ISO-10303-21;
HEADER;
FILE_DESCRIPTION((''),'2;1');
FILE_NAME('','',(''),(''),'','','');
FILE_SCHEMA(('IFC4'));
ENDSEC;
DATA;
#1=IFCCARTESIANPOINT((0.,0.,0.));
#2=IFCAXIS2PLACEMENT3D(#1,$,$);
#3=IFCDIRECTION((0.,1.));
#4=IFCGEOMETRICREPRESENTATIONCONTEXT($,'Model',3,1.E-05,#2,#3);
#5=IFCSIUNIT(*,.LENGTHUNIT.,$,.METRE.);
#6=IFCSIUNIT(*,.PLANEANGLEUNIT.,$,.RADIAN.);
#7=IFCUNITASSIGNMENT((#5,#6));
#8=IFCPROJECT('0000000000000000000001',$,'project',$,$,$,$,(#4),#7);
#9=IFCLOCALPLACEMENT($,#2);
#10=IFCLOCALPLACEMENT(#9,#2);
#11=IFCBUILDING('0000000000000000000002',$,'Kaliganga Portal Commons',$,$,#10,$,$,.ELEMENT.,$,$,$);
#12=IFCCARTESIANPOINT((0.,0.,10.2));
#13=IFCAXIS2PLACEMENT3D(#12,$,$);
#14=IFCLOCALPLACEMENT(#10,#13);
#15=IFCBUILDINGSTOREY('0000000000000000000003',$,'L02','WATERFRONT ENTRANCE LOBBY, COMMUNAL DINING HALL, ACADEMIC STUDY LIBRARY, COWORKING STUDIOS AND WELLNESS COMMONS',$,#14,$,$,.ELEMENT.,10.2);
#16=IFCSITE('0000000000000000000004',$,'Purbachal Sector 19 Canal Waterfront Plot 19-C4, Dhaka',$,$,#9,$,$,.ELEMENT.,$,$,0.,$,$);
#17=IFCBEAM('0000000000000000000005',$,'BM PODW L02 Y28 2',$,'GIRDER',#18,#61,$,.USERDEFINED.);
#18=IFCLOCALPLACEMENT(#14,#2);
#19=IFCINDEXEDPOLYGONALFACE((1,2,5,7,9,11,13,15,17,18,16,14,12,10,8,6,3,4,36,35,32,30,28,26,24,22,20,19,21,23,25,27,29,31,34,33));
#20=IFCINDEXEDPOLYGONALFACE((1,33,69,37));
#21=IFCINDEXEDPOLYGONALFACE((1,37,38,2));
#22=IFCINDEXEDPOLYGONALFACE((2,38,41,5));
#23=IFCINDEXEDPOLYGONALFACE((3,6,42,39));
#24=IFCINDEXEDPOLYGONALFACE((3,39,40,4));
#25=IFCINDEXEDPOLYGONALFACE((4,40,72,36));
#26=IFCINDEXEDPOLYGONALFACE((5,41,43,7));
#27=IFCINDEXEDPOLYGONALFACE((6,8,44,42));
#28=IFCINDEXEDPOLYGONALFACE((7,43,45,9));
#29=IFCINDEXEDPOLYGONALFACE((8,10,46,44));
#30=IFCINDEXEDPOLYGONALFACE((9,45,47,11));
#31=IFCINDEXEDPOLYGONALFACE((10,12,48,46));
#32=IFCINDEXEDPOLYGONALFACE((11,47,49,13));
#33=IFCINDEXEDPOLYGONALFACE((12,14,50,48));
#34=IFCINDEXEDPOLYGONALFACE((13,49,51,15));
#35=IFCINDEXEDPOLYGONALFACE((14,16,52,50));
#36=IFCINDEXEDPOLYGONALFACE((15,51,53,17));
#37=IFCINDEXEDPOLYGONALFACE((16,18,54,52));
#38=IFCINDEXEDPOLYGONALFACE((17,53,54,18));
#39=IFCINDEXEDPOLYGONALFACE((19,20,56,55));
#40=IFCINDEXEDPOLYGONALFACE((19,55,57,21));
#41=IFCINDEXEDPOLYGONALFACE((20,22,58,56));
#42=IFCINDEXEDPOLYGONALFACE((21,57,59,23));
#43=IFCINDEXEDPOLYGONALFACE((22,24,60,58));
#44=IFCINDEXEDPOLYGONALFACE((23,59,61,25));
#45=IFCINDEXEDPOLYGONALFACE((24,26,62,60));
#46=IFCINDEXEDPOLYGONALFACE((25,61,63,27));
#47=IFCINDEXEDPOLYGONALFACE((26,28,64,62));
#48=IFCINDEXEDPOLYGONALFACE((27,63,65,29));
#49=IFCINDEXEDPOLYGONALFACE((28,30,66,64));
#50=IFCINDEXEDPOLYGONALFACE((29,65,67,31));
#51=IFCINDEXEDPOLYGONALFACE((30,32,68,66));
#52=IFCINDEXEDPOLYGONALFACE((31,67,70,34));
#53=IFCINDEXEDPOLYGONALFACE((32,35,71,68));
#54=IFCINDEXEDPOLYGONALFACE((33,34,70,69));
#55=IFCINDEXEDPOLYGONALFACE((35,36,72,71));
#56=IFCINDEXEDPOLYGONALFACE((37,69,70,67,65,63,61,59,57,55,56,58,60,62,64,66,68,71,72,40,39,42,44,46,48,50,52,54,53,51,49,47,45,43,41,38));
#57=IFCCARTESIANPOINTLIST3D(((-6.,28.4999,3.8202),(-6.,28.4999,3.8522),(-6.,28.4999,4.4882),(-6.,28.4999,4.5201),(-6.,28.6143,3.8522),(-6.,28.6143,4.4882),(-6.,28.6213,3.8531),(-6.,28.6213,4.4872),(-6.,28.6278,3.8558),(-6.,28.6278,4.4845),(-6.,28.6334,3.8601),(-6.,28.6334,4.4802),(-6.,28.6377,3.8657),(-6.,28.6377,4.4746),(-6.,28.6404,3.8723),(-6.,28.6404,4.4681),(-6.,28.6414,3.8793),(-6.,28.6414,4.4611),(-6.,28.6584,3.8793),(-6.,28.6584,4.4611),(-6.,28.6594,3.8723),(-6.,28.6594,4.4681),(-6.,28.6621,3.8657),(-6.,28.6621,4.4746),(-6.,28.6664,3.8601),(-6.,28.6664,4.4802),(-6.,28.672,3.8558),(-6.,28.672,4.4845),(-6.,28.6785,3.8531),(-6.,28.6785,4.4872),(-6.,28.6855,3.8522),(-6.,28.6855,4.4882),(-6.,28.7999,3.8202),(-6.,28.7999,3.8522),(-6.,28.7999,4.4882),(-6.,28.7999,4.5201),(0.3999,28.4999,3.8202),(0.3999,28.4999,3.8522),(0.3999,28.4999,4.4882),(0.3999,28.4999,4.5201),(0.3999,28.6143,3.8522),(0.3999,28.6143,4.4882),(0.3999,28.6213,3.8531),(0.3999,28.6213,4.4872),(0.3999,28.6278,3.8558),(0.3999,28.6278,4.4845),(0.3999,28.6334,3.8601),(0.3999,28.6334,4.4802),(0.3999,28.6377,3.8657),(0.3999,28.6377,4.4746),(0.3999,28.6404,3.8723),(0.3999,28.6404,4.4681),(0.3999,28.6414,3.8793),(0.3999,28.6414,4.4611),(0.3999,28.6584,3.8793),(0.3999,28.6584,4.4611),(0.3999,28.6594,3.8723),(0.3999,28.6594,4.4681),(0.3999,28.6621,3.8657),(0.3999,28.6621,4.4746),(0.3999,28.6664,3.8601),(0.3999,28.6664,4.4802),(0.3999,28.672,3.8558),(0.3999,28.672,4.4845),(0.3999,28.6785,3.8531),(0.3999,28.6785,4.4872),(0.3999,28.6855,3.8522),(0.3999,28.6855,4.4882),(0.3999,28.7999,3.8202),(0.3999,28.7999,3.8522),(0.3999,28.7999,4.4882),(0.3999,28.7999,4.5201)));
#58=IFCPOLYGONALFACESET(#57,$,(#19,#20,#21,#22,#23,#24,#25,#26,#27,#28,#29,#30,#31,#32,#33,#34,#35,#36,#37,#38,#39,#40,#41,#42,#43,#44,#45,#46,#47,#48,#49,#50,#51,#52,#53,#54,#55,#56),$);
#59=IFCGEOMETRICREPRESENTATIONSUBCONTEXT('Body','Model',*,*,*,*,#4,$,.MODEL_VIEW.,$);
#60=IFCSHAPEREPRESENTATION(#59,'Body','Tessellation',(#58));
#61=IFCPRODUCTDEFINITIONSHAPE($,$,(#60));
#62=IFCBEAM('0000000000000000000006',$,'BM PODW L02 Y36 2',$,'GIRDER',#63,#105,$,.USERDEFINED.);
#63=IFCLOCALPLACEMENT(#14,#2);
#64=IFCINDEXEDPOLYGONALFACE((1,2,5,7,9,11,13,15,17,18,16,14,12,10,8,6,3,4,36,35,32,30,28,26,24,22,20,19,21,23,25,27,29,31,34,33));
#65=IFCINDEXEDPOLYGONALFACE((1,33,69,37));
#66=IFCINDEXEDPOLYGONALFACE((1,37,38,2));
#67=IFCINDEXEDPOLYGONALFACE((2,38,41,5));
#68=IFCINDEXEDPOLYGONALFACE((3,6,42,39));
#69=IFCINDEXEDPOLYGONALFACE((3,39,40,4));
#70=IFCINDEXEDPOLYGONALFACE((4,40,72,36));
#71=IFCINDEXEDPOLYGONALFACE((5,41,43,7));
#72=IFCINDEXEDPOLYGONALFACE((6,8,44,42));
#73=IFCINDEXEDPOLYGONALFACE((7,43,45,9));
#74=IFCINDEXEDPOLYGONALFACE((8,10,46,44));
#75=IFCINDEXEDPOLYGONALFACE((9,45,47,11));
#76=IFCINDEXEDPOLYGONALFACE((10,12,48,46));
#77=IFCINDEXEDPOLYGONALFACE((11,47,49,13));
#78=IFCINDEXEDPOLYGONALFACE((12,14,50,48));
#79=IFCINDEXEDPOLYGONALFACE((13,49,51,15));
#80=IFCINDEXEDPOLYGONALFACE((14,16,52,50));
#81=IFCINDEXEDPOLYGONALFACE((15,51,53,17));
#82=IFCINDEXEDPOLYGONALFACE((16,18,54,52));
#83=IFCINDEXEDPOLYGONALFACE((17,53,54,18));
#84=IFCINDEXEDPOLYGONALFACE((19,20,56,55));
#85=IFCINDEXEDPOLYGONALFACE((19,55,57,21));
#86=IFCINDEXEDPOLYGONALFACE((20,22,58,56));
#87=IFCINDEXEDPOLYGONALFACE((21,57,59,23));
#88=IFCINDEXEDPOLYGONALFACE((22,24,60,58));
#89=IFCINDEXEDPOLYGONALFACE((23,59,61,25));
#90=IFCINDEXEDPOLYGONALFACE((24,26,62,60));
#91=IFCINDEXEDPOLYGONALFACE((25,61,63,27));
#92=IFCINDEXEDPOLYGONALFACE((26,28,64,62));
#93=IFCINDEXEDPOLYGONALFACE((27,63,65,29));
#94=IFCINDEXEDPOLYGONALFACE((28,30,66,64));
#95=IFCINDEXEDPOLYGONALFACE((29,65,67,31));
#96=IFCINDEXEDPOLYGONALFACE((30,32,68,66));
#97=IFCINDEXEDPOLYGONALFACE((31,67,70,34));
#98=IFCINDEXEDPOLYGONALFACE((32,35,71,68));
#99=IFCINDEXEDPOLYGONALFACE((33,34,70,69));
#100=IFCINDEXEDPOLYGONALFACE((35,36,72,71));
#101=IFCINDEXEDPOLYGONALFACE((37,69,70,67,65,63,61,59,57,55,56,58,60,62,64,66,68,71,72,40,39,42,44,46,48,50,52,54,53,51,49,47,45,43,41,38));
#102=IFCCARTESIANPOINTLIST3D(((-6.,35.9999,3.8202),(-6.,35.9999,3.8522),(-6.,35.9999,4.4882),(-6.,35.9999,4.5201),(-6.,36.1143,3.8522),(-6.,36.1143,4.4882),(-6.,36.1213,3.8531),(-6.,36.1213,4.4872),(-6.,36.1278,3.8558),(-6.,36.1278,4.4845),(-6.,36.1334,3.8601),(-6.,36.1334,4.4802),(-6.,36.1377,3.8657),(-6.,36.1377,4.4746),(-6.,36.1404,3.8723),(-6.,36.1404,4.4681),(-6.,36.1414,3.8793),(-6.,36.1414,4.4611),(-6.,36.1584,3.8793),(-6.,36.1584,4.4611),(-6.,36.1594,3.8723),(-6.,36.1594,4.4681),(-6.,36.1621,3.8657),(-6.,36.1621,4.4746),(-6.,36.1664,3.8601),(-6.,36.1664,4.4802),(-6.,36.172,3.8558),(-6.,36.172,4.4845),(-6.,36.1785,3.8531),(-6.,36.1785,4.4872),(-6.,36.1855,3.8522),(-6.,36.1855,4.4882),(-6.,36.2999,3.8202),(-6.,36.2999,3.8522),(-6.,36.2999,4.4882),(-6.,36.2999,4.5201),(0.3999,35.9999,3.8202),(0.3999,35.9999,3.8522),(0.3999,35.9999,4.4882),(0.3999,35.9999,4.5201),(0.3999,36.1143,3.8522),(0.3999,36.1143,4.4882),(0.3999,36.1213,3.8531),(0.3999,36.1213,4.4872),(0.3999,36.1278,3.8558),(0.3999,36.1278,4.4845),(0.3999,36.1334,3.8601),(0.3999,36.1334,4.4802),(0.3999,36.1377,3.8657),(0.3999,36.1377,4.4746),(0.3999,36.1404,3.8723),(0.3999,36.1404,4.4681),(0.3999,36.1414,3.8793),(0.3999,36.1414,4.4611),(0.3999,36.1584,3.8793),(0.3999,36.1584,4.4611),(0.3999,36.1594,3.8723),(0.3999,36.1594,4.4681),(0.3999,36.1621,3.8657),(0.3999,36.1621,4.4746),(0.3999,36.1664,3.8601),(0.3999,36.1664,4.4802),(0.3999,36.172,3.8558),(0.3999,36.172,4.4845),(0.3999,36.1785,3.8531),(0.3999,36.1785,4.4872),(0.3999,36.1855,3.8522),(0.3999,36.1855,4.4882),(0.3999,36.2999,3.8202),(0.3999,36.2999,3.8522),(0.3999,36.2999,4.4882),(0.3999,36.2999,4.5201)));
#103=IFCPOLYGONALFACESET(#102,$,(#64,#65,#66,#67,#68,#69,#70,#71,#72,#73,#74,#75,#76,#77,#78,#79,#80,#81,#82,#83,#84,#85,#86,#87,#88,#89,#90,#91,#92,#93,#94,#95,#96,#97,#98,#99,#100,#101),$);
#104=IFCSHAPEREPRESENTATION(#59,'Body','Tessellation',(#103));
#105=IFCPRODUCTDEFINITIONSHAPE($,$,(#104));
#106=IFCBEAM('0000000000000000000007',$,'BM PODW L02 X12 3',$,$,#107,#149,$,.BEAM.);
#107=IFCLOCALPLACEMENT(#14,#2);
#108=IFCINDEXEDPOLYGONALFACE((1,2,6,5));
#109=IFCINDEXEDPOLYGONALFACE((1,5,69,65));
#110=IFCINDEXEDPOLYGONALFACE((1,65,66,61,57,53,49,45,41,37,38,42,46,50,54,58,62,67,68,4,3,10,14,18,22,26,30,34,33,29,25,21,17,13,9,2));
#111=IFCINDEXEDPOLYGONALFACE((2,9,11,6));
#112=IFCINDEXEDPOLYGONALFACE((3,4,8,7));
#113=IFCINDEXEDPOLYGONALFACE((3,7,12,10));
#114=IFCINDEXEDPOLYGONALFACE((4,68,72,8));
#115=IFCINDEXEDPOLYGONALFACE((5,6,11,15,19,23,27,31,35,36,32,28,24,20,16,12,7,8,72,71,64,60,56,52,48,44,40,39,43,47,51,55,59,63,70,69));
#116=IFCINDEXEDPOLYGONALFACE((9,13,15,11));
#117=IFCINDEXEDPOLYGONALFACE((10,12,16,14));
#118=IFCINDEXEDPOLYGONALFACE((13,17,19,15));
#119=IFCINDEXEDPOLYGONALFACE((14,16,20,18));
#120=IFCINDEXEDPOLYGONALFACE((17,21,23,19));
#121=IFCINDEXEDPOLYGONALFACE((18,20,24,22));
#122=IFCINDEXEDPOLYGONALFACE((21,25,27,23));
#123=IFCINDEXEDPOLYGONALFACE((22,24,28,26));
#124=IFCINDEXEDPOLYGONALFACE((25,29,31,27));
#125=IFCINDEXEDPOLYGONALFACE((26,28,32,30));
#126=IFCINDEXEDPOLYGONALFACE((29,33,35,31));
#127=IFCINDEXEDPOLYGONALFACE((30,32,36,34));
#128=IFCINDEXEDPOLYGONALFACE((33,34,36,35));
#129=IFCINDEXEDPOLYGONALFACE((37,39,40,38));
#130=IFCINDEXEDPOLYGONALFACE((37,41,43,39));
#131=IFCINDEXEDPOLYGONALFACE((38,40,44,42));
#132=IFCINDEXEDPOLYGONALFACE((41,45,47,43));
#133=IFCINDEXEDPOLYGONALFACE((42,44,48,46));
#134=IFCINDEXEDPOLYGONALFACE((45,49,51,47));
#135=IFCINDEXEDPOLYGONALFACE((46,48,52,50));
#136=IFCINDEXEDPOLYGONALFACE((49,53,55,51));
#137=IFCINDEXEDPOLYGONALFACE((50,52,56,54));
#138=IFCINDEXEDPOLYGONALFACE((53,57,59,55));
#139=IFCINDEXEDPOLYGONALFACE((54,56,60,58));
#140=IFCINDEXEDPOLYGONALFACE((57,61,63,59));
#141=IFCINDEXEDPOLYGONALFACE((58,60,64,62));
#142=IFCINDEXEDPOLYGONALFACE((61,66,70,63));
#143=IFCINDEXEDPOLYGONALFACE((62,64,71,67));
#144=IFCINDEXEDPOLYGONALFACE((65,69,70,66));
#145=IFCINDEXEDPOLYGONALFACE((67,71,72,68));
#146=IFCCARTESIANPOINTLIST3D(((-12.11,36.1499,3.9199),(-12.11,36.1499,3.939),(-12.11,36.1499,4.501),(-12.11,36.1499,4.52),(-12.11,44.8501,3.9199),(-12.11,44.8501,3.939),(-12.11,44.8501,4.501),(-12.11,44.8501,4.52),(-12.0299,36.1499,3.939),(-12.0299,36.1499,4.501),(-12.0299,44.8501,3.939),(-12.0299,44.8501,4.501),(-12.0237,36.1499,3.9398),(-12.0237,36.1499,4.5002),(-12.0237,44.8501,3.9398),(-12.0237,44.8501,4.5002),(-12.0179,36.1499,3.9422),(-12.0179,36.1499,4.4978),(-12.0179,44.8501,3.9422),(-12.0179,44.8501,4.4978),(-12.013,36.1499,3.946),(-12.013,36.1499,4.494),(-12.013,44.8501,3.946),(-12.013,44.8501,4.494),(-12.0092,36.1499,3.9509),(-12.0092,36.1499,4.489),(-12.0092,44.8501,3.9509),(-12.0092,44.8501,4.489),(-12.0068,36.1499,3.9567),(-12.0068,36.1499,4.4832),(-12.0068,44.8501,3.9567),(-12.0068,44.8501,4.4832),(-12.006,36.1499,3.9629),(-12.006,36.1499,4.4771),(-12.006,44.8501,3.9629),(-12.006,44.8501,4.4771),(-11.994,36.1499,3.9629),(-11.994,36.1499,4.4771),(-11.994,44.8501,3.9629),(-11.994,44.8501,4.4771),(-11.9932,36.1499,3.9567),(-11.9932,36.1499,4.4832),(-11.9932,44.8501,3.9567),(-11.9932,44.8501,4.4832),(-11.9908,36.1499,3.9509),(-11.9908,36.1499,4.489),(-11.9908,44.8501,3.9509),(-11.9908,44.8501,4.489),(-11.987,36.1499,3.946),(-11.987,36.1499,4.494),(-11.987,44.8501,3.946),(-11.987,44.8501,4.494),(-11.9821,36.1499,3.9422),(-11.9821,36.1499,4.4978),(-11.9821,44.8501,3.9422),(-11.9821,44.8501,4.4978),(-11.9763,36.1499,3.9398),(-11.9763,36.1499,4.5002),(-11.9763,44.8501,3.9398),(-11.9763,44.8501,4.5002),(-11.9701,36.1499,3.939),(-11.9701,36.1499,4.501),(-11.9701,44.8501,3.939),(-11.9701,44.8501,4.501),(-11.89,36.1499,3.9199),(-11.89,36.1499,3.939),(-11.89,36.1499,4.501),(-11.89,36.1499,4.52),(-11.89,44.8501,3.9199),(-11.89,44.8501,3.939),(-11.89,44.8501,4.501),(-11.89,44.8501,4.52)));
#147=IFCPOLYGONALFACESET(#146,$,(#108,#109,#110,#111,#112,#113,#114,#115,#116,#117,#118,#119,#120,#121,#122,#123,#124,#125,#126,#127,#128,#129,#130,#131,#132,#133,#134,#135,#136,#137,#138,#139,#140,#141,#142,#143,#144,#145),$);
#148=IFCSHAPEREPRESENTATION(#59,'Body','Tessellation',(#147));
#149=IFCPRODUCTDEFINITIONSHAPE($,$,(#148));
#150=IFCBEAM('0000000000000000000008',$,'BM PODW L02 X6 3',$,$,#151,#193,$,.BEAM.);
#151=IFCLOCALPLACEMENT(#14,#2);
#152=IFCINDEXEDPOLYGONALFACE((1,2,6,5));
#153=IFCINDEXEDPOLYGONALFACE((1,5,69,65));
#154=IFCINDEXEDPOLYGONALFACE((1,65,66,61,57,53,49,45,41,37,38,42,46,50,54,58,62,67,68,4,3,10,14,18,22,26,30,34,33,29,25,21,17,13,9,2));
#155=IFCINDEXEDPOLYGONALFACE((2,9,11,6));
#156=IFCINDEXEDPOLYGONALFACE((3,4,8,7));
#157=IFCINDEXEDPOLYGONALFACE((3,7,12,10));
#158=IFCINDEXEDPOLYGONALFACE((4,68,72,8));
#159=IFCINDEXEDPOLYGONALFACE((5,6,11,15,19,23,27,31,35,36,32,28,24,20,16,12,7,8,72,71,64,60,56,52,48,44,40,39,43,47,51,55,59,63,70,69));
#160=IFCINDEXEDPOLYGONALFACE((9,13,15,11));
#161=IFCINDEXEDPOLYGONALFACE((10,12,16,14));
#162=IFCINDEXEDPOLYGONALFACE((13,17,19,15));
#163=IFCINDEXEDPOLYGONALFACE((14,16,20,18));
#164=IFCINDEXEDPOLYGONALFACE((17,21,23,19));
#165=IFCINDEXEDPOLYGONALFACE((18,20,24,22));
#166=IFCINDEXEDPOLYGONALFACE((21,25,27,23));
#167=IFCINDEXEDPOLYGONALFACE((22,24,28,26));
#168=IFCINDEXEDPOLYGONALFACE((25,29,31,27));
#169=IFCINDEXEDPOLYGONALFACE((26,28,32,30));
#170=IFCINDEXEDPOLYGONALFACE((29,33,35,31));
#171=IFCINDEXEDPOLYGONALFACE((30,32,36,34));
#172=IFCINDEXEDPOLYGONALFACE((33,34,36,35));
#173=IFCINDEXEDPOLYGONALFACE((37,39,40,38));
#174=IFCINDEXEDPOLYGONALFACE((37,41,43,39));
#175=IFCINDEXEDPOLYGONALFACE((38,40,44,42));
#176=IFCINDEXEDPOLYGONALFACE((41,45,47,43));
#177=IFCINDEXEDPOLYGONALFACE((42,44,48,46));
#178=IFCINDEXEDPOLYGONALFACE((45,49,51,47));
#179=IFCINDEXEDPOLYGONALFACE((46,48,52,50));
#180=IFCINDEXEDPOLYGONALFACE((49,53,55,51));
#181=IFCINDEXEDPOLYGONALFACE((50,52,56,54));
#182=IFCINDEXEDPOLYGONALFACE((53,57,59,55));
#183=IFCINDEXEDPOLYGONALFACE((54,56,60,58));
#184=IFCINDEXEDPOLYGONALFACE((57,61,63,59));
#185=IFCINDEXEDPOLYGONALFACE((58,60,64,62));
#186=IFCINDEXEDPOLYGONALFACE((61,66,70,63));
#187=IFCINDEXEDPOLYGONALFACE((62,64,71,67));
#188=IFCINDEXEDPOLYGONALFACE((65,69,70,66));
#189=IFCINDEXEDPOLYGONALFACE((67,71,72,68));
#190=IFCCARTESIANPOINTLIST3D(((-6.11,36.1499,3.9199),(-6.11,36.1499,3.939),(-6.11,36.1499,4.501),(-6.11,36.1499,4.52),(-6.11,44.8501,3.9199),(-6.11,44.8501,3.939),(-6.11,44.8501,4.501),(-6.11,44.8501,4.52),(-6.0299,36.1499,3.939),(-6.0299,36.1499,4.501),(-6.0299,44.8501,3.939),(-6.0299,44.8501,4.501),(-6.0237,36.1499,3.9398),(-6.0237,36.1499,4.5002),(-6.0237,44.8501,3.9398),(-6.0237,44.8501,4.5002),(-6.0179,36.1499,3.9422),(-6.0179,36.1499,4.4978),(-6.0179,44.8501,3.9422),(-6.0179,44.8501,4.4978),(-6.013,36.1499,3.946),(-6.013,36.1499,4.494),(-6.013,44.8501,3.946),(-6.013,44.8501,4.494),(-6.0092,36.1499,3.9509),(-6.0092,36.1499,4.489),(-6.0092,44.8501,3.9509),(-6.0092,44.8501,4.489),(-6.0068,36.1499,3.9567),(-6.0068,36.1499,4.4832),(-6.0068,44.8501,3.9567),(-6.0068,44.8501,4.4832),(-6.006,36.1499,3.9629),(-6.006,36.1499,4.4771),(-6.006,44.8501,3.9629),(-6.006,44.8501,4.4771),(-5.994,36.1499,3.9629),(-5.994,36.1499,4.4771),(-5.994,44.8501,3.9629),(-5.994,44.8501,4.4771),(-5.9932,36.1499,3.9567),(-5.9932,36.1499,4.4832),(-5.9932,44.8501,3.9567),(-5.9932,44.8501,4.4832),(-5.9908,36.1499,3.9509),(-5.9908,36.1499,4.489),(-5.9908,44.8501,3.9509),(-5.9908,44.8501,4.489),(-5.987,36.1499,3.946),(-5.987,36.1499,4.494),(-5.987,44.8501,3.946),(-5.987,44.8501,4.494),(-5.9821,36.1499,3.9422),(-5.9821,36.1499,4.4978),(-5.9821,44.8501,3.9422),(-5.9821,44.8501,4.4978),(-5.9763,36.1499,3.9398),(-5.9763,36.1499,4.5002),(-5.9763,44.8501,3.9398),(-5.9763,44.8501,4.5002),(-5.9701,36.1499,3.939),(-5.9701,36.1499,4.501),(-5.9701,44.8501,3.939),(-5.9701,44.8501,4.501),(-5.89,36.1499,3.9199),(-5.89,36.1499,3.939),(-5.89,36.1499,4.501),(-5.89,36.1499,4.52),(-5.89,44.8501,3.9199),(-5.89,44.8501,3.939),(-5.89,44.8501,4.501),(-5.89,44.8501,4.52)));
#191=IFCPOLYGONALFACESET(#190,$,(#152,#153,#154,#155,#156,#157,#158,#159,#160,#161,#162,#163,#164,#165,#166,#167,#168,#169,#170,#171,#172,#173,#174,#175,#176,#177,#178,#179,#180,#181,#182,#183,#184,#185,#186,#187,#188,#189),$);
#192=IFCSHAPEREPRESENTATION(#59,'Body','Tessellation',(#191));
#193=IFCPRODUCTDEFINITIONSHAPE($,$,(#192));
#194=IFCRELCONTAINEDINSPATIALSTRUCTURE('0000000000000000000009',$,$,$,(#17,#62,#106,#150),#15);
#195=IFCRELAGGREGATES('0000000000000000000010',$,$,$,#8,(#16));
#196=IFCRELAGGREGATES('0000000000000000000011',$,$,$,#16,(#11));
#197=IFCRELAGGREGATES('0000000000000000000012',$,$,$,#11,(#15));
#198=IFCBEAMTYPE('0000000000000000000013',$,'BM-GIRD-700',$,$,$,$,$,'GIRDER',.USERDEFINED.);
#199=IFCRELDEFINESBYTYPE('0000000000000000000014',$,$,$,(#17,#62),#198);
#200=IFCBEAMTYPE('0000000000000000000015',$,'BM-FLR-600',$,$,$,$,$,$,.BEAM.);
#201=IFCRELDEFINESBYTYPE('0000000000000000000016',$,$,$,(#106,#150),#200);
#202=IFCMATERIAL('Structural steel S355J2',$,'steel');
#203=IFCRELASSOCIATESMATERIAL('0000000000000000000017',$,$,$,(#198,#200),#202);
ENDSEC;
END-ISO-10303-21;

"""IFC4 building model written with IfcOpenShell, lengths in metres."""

from ifc_helpers import new_model, si_unit, direction, frame, origin, origin_2d, place, context, subcontext, project, spatial, i_section, extrude, source, transform, mapped, material, material_profile, profile_set, type_object, element, save


model = new_model("IFC4")

# Units and contexts
model_context = context("Model", 3, precision=1e-05, world=origin(), true_north=direction((0.0, 1.0)))
body_context = subcontext(model_context, "Body", "Model", "MODEL_VIEW")
ifc_project = project(units=[si_unit("LENGTHUNIT", "METRE"), si_unit("PLANEANGLEUNIT", "RADIAN")], contexts=[model_context])

# Site, building, storey
site_placement = place(None, origin())
site = spatial("IfcSite", under=ifc_project, at=site_placement, Name="Purbachal Sector 19 Canal Waterfront Plot 19-C4, Dhaka", CompositionType="ELEMENT", RefElevation=0.0)
building_placement = place(site_placement, origin())
building = spatial("IfcBuilding", under=site, at=building_placement, Name="Kaliganga Portal Commons", CompositionType="ELEMENT")
storey_placement = place(building_placement, frame((0.0, 0.0, 10.2)))
storey = spatial("IfcBuildingStorey", under=building, at=storey_placement, Name="L02", Description="WATERFRONT ENTRANCE LOBBY, COMMUNAL DINING HALL, ACADEMIC STUDY LIBRARY, COWORKING STUDIOS AND WELLNESS COMMONS", CompositionType="ELEMENT", Elevation=10.2)

# Beams
ifc_material_1 = material(Name="Structural steel S355J2", Category="steel")
ifc_material_profile_1 = material_profile(ifc_material_1, i_section(OverallWidth=0.3, OverallDepth=0.7, WebThickness=0.0171, FlangeThickness=0.032, FilletRadius=0.0271, at=origin_2d()), Name="HE 700 B")
ifc_profile_set_1 = profile_set([ifc_material_profile_1], Name="Structural steel S355J2 wide-flange")
beam_type_1 = type_object("IfcBeamType", Name="BM-GIRD-700", ElementType="GIRDER", PredefinedType="USERDEFINED", material=ifc_profile_set_1)
ifc_material_profile_2 = material_profile(ifc_material_1, i_section(OverallWidth=0.22, OverallDepth=0.6001, WebThickness=0.012, FlangeThickness=0.019, FilletRadius=0.0239, at=origin_2d()), Name="IPE 600")
ifc_profile_set_2 = profile_set([ifc_material_profile_2], Name="Structural steel S355J2 wide-flange")
beam_type_2 = type_object("IfcBeamType", Name="BM-FLR-600", PredefinedType="BEAM", material=ifc_profile_set_2)
shared_shape_1 = source(origin(), body_context, "Body", "SweptSolid", [
    extrude(i_section(OverallWidth=0.3, OverallDepth=0.7, WebThickness=0.0171, FlangeThickness=0.032, FilletRadius=0.0271, at=origin_2d()), origin(), (0.0, 0.0, 1.0), 6.3999),
])
for number, where, z_axis, x_axis, name in (
    (1, (-6.0, 28.6499, 4.1702), (1.0, 0.0, 0.0), (0.0, 1.0, 0.0), "BM PODW L02 Y28 2"),
    (2, (-6.0, 36.1499, 4.1702), (1.0, 0.0, 0.0), (0.0, 1.0, 0.0), "BM PODW L02 Y36 2"),
):
    element("IfcBeam", number, at=place(storey_placement, frame(where, z_axis=z_axis, x_axis=x_axis)), inside=storey, type_object=beam_type_1, Name=name, ObjectType="GIRDER", PredefinedType="USERDEFINED", context=body_context, shape_type="MappedRepresentation", body=[
        mapped(shared_shape_1, transform((0.0, 0.0, 0.0), x_axis=(1.0, 0.0, 0.0), y_axis=(0.0, 1.0, 0.0), z_axis=(0.0, 0.0, 1.0), scale=1.0)),
    ])
shared_shape_2 = source(origin(), body_context, "Body", "SweptSolid", [
    extrude(i_section(OverallWidth=0.22, OverallDepth=0.6001, WebThickness=0.012, FlangeThickness=0.019, FilletRadius=0.0239, at=origin_2d()), origin(), (0.0, 0.0, 1.0), 8.7002),
])
for number, where, z_axis, x_axis, name in (
    (3, (-12.0, 36.1499, 4.22), (0.0, 1.0, 0.0), (-1.0, 0.0, 0.0), "BM PODW L02 X12 3"),
    (4, (-6.0, 36.1499, 4.22), (0.0, 1.0, 0.0), (-1.0, 0.0, 0.0), "BM PODW L02 X6 3"),
):
    element("IfcBeam", number, at=place(storey_placement, frame(where, z_axis=z_axis, x_axis=x_axis)), inside=storey, type_object=beam_type_2, Name=name, PredefinedType="BEAM", context=body_context, shape_type="MappedRepresentation", body=[
        mapped(shared_shape_2, transform((0.0, 0.0, 0.0), x_axis=(1.0, 0.0, 0.0), y_axis=(0.0, 1.0, 0.0), z_axis=(0.0, 0.0, 1.0), scale=1.0)),
    ])

save(model, "model.ifc")
